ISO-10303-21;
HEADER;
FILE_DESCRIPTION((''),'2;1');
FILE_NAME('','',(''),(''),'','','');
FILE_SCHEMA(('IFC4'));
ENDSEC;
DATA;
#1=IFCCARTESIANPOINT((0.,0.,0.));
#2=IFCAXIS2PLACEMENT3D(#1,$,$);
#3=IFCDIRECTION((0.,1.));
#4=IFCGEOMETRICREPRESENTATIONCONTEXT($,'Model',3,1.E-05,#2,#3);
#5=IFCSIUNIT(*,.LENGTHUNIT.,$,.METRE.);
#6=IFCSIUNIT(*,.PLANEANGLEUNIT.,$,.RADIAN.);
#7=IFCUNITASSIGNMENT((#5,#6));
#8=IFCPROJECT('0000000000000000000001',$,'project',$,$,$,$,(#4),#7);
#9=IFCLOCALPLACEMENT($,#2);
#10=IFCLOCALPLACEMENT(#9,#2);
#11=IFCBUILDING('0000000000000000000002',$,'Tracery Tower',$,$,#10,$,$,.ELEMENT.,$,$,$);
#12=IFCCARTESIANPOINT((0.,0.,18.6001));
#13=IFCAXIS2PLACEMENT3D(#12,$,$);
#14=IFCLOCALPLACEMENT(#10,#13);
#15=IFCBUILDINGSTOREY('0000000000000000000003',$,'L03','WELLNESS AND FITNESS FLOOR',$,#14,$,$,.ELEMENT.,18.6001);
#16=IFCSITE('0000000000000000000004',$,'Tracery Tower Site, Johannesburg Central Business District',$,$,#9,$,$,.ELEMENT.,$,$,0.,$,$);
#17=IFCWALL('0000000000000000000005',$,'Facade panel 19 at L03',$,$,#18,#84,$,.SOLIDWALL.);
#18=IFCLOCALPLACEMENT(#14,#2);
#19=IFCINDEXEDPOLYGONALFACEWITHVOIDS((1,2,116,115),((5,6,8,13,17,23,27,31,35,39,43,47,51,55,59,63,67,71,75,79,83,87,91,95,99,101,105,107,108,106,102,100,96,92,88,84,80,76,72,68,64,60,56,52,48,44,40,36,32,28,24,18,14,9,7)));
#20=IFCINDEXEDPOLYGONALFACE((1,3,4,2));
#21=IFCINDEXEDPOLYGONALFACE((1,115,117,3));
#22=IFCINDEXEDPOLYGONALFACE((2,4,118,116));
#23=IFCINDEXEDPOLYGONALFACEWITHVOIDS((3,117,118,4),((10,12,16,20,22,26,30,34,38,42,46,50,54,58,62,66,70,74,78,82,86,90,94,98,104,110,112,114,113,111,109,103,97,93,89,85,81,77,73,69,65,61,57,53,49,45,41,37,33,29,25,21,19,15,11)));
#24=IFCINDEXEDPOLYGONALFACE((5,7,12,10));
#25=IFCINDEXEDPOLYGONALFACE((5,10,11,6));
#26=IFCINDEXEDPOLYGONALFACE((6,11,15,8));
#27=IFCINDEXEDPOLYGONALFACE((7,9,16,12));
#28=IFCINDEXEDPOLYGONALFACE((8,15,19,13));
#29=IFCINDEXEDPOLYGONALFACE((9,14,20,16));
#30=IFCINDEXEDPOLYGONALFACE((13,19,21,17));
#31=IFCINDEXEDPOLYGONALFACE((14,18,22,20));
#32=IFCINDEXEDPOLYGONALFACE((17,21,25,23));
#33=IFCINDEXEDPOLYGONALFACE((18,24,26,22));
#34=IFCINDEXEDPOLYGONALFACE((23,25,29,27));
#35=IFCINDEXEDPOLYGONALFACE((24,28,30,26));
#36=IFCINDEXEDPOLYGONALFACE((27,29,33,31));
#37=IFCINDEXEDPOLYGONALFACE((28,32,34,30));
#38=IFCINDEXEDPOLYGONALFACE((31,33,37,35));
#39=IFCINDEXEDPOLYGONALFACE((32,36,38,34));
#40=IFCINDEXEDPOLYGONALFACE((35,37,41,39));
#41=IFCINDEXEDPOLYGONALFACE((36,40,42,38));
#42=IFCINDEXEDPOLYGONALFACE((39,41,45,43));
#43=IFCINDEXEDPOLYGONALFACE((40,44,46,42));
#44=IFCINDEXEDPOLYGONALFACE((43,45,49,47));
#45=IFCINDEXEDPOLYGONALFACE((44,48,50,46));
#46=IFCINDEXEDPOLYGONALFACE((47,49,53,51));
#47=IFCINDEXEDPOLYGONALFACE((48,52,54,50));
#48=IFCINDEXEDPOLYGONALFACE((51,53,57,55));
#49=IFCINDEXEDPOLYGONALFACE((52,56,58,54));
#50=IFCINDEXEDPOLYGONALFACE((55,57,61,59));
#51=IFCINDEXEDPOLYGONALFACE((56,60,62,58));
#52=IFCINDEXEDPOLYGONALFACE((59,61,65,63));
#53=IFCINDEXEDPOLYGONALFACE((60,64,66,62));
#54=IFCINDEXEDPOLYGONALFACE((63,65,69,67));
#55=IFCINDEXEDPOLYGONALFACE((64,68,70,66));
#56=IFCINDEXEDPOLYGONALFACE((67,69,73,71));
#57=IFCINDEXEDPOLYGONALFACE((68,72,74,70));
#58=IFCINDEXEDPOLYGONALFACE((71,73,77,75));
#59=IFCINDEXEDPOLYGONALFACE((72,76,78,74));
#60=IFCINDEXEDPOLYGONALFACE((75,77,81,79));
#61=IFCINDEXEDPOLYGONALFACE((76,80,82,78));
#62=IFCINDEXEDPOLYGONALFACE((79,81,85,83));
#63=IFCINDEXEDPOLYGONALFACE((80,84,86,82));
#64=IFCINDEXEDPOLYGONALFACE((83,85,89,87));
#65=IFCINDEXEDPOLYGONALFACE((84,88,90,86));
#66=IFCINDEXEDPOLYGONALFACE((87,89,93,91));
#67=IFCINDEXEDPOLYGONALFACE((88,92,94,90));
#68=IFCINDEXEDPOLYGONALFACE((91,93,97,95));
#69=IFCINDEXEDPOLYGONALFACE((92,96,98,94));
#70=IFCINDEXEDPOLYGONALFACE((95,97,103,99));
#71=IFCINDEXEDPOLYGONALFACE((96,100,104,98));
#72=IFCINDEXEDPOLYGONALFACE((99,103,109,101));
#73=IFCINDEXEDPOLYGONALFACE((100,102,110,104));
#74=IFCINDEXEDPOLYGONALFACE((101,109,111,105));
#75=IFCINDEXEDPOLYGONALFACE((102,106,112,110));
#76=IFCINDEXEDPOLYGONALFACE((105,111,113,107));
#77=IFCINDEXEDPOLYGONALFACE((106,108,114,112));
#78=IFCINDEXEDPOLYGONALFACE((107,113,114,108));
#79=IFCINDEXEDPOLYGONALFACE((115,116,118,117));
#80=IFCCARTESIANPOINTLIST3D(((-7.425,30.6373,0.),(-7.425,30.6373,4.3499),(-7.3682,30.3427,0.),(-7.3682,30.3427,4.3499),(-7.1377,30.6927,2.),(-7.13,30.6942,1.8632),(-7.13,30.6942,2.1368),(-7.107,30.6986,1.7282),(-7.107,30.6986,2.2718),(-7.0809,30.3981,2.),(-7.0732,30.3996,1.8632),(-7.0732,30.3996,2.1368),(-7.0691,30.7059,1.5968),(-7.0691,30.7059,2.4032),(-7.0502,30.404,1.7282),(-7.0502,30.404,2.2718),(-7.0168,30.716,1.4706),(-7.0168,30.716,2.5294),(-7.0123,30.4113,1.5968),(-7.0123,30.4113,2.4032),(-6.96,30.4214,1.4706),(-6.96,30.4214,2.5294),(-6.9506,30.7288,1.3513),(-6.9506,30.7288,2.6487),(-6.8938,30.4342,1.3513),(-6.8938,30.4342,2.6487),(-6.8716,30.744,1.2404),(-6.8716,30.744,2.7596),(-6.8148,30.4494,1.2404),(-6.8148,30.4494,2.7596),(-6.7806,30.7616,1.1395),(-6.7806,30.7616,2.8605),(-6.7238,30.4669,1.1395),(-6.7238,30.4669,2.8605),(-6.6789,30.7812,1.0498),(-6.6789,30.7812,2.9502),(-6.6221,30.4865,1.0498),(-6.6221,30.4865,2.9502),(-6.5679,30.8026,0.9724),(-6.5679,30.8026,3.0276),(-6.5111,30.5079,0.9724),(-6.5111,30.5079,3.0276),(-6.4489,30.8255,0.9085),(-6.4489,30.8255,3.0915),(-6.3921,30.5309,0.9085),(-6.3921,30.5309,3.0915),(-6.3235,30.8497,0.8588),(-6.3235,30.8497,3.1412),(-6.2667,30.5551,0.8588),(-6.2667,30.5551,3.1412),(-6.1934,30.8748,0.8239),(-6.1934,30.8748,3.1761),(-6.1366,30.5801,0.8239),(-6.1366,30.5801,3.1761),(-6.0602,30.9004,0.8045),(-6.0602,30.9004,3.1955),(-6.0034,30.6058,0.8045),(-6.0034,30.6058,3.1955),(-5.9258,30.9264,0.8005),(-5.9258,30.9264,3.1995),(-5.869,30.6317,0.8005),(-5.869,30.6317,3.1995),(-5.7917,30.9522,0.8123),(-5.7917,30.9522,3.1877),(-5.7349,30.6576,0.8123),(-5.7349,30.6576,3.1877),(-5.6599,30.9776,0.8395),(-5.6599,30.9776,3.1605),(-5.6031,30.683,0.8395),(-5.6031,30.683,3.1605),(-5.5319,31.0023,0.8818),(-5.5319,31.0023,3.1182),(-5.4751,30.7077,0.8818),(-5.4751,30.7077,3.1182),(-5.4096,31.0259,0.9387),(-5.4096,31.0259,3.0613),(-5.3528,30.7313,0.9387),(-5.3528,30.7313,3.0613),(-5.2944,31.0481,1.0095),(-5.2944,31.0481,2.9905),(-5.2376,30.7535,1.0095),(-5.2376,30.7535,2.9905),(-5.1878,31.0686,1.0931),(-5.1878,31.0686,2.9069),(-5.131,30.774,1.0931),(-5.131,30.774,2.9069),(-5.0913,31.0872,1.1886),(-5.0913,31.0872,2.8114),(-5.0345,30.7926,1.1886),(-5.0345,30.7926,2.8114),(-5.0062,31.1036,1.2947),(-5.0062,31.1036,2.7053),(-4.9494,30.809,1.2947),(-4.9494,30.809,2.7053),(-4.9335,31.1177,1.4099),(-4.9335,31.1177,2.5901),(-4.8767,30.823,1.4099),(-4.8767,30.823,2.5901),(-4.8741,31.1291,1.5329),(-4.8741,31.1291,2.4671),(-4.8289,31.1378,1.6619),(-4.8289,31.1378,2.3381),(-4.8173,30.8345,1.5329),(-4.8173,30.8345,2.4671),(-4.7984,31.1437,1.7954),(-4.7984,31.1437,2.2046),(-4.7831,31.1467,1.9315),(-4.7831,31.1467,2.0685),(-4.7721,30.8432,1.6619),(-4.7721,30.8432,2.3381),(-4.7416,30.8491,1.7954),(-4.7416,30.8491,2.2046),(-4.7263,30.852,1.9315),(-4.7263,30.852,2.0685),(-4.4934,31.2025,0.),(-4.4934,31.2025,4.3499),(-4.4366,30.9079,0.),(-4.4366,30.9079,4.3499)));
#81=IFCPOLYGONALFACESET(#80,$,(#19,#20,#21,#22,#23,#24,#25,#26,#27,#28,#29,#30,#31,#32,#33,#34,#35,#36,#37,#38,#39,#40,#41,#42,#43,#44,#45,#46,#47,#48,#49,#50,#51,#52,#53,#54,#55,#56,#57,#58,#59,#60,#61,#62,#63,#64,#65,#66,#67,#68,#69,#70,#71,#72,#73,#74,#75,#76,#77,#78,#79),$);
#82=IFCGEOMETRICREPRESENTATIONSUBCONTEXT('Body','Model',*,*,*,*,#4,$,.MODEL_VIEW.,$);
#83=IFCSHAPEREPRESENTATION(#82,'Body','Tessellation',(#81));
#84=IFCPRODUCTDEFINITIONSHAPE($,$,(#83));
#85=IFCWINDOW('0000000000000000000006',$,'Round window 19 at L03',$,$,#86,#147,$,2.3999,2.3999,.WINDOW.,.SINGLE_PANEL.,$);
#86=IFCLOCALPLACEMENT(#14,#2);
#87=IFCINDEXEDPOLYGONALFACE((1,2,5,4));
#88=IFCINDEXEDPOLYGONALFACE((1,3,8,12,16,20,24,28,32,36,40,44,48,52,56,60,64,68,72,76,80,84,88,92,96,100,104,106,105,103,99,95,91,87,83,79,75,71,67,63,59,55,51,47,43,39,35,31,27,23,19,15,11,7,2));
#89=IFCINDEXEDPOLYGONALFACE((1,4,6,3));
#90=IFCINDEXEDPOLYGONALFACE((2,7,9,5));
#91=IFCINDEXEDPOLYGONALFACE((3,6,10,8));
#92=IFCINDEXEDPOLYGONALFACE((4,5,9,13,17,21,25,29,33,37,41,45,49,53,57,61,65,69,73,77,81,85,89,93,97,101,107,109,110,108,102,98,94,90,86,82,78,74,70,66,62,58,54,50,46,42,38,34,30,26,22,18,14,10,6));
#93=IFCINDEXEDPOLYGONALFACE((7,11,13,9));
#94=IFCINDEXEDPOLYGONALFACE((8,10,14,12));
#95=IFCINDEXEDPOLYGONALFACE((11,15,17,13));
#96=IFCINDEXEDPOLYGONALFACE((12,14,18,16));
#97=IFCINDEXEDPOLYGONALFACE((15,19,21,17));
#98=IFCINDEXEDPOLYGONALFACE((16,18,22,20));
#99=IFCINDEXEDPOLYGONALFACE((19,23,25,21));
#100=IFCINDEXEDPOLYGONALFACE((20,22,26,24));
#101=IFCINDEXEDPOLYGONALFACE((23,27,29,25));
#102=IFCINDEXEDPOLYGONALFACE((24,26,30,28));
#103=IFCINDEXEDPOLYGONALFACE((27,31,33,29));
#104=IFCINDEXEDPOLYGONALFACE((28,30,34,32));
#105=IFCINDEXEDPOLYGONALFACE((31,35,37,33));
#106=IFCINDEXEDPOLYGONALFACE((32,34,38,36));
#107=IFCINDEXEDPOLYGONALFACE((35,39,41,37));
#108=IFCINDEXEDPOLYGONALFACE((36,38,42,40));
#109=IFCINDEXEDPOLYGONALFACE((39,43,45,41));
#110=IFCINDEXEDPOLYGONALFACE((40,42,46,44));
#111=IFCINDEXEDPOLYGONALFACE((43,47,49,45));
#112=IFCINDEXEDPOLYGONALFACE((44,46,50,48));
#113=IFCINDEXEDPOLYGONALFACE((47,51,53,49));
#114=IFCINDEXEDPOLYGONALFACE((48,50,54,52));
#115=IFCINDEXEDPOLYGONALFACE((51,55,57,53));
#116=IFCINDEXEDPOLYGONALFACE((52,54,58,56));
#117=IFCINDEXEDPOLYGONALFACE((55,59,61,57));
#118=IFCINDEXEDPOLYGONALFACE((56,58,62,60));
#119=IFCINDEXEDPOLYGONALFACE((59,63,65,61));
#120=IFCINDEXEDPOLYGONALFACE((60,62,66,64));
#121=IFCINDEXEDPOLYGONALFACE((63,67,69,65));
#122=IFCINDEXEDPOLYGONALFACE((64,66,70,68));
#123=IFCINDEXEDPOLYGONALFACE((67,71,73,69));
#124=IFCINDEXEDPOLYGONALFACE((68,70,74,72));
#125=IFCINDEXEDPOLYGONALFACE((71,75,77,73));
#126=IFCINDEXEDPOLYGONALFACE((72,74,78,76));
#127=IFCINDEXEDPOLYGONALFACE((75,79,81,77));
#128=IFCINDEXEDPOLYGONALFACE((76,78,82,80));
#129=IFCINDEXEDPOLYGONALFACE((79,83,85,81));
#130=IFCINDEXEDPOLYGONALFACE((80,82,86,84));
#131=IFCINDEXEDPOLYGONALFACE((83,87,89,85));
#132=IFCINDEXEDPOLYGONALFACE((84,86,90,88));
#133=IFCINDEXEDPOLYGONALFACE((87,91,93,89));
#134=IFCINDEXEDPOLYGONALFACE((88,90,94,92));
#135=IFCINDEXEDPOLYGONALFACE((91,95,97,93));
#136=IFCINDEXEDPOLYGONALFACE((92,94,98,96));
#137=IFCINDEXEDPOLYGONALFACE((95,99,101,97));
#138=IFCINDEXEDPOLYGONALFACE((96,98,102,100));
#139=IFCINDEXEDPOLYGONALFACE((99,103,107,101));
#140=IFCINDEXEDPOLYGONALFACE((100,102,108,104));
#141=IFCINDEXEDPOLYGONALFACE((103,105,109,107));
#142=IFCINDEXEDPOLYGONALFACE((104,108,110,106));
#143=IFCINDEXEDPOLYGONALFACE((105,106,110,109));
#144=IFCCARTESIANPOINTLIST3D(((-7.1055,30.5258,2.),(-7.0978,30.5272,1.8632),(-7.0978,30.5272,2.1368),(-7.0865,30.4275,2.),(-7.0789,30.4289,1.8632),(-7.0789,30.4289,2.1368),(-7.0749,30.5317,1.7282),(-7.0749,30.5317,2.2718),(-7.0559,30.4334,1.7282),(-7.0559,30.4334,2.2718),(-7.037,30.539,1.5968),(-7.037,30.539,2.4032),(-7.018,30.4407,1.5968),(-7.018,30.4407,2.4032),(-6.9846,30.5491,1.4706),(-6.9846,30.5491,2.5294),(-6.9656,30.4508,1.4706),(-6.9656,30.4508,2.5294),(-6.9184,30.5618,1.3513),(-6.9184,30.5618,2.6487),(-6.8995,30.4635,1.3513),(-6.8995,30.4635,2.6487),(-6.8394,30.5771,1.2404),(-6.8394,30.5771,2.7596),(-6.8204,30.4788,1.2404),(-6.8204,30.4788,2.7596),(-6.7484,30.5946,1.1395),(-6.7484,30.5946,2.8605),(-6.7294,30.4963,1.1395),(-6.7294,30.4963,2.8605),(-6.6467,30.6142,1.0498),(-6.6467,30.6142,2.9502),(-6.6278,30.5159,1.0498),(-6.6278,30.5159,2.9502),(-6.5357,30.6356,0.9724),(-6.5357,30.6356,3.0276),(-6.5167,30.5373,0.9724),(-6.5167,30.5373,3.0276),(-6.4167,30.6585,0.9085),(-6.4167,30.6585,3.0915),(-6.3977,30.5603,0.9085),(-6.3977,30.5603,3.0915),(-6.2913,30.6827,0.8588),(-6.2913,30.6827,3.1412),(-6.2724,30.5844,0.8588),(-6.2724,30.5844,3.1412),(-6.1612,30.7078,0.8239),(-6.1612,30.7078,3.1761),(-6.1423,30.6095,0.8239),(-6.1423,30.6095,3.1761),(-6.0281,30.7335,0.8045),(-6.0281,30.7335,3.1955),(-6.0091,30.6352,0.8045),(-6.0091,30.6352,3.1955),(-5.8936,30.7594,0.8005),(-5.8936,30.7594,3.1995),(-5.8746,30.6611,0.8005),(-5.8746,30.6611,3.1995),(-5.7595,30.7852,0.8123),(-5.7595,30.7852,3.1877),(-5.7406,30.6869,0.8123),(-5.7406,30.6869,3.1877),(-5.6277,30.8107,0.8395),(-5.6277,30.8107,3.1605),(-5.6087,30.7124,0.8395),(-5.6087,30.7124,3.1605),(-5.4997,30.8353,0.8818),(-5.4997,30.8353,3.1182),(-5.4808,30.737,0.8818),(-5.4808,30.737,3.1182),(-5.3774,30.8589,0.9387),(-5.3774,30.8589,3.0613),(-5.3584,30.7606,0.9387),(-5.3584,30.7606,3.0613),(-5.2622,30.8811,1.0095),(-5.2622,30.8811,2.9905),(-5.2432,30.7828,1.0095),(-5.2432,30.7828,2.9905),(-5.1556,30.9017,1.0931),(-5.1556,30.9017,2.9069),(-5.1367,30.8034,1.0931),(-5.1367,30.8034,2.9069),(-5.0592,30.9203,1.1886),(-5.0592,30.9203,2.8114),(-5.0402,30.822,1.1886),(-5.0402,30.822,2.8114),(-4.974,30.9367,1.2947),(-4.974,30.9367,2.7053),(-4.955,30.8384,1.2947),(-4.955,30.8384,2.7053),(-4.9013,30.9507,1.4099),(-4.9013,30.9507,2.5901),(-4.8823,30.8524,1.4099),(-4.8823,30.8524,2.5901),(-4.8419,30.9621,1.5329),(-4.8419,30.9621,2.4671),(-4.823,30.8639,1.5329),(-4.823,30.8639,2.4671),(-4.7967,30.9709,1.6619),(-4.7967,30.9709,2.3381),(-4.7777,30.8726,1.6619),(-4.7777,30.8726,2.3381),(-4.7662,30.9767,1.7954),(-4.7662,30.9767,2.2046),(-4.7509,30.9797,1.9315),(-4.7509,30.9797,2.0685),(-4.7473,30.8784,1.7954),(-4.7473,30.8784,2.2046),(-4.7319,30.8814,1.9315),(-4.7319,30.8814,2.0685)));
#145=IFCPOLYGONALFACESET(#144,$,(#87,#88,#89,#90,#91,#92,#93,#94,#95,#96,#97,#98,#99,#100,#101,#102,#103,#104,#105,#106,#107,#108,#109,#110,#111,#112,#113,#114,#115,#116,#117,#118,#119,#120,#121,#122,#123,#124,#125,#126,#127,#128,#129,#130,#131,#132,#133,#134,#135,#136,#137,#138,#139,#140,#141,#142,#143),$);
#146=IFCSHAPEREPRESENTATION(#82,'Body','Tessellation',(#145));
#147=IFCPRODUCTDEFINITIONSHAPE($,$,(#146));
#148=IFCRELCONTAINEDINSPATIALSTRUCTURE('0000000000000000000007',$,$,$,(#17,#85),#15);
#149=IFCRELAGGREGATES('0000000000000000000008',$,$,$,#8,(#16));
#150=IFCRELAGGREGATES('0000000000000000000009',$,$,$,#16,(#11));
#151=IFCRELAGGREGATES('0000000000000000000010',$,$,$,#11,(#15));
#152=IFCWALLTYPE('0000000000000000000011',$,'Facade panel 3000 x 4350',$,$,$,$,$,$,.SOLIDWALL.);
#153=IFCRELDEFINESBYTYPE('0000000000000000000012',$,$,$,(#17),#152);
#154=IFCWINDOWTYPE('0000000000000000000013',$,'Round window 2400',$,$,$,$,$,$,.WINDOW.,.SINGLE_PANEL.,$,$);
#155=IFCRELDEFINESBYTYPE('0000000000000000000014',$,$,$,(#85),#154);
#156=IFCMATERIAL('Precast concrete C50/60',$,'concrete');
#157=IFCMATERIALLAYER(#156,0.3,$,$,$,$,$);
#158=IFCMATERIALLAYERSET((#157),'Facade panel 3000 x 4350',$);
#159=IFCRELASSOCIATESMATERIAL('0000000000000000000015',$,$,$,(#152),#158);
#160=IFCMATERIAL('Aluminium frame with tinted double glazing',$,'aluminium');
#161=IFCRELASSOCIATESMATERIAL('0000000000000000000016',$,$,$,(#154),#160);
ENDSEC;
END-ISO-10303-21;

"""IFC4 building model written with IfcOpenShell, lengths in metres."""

from ifc_helpers import new_model, si_unit, direction, frame, frame_2d, origin, origin_2d, place, context, subcontext, project, spatial, rectangle, circle, extrude, material, layer, layer_set, type_object, element, fill, save


model = new_model("IFC4")

# Units and contexts
model_context = context("Model", 3, precision=1e-05, world=origin(), true_north=direction((0.0, 1.0)))
body_context = subcontext(model_context, "Body", "Model", "MODEL_VIEW")
ifc_project = project(units=[si_unit("LENGTHUNIT", "METRE"), si_unit("PLANEANGLEUNIT", "RADIAN")], contexts=[model_context])

# Site, building, storey
site_placement = place(None, origin())
site = spatial("IfcSite", under=ifc_project, at=site_placement, Name="Tracery Tower Site, Johannesburg Central Business District", CompositionType="ELEMENT", RefElevation=0.0)
building_placement = place(site_placement, origin())
building = spatial("IfcBuilding", under=site, at=building_placement, Name="Tracery Tower", CompositionType="ELEMENT")
storey_placement = place(building_placement, frame((0.0, 0.0, 18.6001)))
storey = spatial("IfcBuildingStorey", under=building, at=storey_placement, Name="L03", Description="WELLNESS AND FITNESS FLOOR", CompositionType="ELEMENT", Elevation=18.6001)

# Wall, opening, window
ifc_material_1 = material(Name="Precast concrete C50/60", Category="concrete")
ifc_layer_1 = layer(ifc_material_1, 0.3)
ifc_layer_set_1 = layer_set([ifc_layer_1], Name="Facade panel 3000 x 4350")
wall_type_1 = type_object("IfcWallType", Name="Facade panel 3000 x 4350", PredefinedType="SOLIDWALL", material=ifc_layer_set_1)
ifc_material_2 = material(Name="Aluminium frame with tinted double glazing", Category="aluminium")
window_type = type_object("IfcWindowType", Name="Round window 2400", PartitioningType="SINGLE_PANEL", PredefinedType="WINDOW", material=ifc_material_2)
wall_1_placement = place(storey_placement, frame((-4.4651, 31.0552, 0.0), z_axis=(0.0, 0.0, 1.0), x_axis=(-0.981919, -0.189302, 0.0)))
wall_1 = element("IfcWall", 1, at=wall_1_placement, inside=storey, type_object=wall_type_1, Name="Facade panel 19 at L03", PredefinedType="SOLIDWALL", context=body_context, shape_type="SweptSolid", body=[
    extrude(rectangle(XDim=2.9856, YDim=0.3, at=frame_2d((1.4927, 0.0))), origin(), (0.0, 0.0, 1.0), 4.3499),
])
opening_1_placement = place(wall_1_placement, frame((1.4929, 0.0, 2.0)))
opening_1 = element("IfcOpeningElement", 2, at=opening_1_placement, cuts=wall_1, PredefinedType="OPENING", context=body_context, shape_type="SweptSolid", body=[
    extrude(circle(Radius=1.2, at=origin_2d()), frame((0.0, 0.1599, 0.0), z_axis=(0.0, -1.0, 0.0), x_axis=(1.0, 0.0, 0.0)), (0.0, 0.0, 1.0), 0.3201),
])
window_1_placement = place(opening_1_placement, origin())
window_1 = element("IfcWindow", 3, at=window_1_placement, inside=storey, type_object=window_type, Name="Round window 19 at L03", OverallHeight=2.3999, OverallWidth=2.3999, PartitioningType="SINGLE_PANEL", PredefinedType="WINDOW", context=body_context, shape_type="SweptSolid", body=[
    extrude(circle(Radius=1.2, at=origin_2d()), frame((0.0, 0.1201, 0.0), z_axis=(0.0, -1.0, 0.0), x_axis=(1.0, 0.0, 0.0)), (0.0, 0.0, 1.0), 0.1001),
])
fill(opening_1, window_1)

save(model, "model.ifc")
